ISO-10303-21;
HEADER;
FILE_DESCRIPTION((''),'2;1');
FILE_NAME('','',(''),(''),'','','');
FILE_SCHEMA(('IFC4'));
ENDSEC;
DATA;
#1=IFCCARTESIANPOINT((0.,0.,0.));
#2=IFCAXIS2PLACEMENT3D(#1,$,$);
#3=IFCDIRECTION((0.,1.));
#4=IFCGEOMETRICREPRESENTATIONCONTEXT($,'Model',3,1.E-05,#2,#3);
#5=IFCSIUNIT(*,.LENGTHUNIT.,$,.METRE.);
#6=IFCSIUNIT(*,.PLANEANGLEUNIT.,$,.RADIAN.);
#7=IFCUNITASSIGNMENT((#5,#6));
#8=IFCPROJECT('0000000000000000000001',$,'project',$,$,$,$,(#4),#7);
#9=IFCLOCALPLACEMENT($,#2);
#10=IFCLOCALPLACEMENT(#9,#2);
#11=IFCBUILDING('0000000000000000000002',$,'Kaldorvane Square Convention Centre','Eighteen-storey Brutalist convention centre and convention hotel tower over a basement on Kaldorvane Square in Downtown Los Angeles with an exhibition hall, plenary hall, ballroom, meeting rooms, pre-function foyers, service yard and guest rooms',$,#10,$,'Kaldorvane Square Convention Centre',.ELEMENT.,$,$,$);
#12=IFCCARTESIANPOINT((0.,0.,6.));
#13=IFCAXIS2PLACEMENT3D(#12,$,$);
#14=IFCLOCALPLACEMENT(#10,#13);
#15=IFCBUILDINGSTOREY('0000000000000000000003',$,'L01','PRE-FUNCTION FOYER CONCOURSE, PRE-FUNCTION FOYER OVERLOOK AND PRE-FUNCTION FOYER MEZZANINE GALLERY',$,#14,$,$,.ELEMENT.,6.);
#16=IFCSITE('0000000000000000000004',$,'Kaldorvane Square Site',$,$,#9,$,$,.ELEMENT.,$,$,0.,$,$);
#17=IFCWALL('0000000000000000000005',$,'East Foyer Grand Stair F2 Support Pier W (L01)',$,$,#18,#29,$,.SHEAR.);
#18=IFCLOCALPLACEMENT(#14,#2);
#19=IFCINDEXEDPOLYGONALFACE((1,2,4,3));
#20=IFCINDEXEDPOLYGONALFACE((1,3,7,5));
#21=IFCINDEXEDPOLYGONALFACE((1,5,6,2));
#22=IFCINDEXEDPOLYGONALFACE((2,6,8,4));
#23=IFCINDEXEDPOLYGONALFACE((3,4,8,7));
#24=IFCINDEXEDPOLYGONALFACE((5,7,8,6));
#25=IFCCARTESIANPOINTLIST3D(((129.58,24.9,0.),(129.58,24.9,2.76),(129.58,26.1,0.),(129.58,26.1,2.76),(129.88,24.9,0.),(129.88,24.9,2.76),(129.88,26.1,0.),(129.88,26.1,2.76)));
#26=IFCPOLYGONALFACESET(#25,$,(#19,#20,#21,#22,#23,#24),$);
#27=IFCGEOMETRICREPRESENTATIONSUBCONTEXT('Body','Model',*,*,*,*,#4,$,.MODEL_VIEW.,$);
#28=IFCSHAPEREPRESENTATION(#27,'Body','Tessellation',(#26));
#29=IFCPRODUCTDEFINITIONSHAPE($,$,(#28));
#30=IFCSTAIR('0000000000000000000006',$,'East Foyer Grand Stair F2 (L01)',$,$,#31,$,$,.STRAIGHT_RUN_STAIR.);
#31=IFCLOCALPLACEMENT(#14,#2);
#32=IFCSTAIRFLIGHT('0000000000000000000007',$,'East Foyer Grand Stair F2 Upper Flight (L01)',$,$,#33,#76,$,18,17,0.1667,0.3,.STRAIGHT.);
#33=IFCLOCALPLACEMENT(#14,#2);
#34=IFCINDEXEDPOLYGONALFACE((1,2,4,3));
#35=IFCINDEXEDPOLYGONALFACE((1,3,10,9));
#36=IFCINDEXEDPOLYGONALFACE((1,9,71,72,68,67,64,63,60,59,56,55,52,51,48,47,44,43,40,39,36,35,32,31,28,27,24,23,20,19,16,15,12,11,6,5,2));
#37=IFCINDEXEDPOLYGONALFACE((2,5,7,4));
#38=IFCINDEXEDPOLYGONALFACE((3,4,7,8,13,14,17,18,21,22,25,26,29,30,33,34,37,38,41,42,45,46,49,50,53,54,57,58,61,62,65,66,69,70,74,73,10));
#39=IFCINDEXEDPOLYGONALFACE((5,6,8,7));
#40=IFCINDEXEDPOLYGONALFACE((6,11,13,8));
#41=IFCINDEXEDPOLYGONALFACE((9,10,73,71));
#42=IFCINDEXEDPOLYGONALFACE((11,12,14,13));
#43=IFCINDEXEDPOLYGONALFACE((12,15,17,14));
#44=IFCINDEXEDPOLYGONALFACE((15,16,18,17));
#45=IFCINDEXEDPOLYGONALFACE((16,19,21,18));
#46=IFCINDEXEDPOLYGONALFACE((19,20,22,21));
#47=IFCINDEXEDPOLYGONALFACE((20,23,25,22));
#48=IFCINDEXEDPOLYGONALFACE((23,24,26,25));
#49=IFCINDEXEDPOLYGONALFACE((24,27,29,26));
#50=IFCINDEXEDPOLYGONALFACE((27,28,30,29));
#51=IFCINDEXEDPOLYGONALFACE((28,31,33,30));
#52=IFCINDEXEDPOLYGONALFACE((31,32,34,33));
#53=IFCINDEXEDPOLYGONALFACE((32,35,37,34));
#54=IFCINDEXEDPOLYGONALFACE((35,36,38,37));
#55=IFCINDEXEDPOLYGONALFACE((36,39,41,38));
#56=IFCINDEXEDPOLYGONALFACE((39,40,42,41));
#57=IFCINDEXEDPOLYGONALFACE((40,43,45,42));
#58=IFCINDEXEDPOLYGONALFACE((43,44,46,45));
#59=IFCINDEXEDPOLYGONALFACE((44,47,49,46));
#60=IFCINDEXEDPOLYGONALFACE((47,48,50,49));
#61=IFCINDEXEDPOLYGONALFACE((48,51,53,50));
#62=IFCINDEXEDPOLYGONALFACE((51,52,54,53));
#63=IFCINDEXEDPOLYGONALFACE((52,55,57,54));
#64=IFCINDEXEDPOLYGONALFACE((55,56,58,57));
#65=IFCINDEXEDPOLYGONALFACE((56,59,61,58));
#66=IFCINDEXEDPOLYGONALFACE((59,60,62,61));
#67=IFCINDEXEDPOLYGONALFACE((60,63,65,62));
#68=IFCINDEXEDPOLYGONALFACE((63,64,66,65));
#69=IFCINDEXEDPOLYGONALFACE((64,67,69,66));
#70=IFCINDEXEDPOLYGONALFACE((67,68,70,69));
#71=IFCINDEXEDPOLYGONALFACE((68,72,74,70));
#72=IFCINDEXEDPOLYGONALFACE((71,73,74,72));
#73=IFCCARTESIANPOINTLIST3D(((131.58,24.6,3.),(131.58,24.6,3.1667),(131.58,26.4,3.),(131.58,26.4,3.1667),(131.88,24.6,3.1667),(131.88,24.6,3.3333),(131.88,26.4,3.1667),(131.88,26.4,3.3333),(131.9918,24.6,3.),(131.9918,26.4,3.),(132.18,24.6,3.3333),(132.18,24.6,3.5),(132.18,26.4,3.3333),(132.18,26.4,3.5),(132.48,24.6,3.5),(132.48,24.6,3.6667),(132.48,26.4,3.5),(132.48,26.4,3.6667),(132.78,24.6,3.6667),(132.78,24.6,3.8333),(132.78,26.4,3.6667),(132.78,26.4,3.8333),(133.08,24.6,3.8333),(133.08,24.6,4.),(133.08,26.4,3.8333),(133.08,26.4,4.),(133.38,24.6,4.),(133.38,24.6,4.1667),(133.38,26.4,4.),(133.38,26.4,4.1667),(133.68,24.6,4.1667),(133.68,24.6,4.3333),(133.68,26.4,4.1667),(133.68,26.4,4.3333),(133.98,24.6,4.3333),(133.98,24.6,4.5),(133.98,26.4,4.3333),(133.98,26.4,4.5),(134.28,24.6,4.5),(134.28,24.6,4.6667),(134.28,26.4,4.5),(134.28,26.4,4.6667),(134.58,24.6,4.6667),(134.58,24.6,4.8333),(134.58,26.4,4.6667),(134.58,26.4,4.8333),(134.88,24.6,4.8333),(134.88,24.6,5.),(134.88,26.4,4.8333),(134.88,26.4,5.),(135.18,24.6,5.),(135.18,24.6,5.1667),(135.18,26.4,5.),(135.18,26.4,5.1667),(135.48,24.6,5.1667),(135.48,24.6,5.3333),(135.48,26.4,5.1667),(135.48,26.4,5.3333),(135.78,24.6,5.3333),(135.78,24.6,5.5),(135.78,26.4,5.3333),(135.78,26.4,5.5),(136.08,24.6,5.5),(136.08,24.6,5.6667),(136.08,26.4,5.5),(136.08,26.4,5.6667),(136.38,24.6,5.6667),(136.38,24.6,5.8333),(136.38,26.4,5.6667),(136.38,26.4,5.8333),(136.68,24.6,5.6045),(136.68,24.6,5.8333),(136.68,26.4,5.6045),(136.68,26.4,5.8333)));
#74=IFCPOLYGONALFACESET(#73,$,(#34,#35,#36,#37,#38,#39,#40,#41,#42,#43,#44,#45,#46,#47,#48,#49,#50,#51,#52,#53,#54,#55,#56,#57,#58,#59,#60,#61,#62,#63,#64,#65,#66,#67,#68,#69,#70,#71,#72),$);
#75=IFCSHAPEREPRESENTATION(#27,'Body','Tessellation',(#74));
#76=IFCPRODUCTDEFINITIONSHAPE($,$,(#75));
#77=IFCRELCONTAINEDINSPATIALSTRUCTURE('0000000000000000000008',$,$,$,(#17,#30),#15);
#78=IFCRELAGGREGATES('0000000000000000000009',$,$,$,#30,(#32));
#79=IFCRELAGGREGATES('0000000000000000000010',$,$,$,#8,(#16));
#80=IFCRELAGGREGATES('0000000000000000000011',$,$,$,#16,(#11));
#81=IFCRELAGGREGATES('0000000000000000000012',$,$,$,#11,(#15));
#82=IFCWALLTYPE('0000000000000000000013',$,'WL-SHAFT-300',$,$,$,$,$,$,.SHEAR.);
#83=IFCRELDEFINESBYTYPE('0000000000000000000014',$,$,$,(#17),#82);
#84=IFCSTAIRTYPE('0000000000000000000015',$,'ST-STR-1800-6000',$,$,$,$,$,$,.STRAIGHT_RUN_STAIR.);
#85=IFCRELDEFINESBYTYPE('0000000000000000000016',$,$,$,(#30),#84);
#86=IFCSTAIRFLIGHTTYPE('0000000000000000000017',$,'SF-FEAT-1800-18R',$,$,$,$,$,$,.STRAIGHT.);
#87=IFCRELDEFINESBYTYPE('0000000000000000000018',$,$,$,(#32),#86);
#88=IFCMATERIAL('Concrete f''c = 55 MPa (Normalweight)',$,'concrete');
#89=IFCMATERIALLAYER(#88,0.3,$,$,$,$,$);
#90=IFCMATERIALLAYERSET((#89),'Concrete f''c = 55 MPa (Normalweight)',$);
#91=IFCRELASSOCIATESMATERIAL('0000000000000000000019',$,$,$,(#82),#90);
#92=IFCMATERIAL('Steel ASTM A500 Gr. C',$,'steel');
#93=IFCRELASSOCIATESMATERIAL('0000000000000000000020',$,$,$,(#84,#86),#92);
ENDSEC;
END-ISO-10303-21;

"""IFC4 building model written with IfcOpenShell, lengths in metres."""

from ifc_helpers import new_model, si_unit, direction, frame, frame_2d, origin, place, context, subcontext, project, spatial, polyline, rectangle, outline, extrude, material, layer, layer_set, type_object, element, aggregate, save


model = new_model("IFC4")

# Units and contexts
model_context = context("Model", 3, precision=1e-05, world=origin(), true_north=direction((0.0, 1.0)))
body_context = subcontext(model_context, "Body", "Model", "MODEL_VIEW")
ifc_project = project(units=[si_unit("LENGTHUNIT", "METRE"), si_unit("PLANEANGLEUNIT", "RADIAN")], contexts=[model_context])

# Site, building, storey
site_placement = place(None, origin())
site = spatial("IfcSite", under=ifc_project, at=site_placement, Name="Kaldorvane Square Site", CompositionType="ELEMENT", RefElevation=0.0)
building_placement = place(site_placement, origin())
building = spatial("IfcBuilding", under=site, at=building_placement, Name="Kaldorvane Square Convention Centre", Description="Eighteen-storey Brutalist convention centre and convention hotel tower over a basement on Kaldorvane Square in Downtown Los Angeles with an exhibition hall, plenary hall, ballroom, meeting rooms, pre-function foyers, service yard and guest rooms", LongName="Kaldorvane Square Convention Centre", CompositionType="ELEMENT")
storey_placement = place(building_placement, frame((0.0, 0.0, 6.0)))
storey = spatial("IfcBuildingStorey", under=building, at=storey_placement, Name="L01", Description="PRE-FUNCTION FOYER CONCOURSE, PRE-FUNCTION FOYER OVERLOOK AND PRE-FUNCTION FOYER MEZZANINE GALLERY", CompositionType="ELEMENT", Elevation=6.0)

# Shared definitions
ifc_material_1 = material(Name="Steel ASTM A500 Gr. C", Category="steel")

# Wall
ifc_material_2 = material(Name="Concrete f'c = 55 MPa (Normalweight)", Category="concrete")
ifc_layer_1 = layer(ifc_material_2, 0.3)
ifc_layer_set_1 = layer_set([ifc_layer_1], Name="Concrete f'c = 55 MPa (Normalweight)")
wall_type_1 = type_object("IfcWallType", Name="WL-SHAFT-300", PredefinedType="SHEAR", material=ifc_layer_set_1)
wall_1_placement = place(storey_placement, frame((129.73, 24.9, 0.0), z_axis=(0.0, 0.0, 1.0), x_axis=(0.0, 1.0, 0.0)))
element("IfcWall", 1, at=wall_1_placement, inside=storey, type_object=wall_type_1, Name="East Foyer Grand Stair F2 Support Pier W (L01)", PredefinedType="SHEAR", context=body_context, shape_type="SweptSolid", body=[
    extrude(rectangle(XDim=1.2, YDim=0.3, at=frame_2d((0.6, 0.0))), origin(), (0.0, 0.0, 1.0), 2.76),
])

# Stair, stair flight
stair_type = type_object("IfcStairType", Name="ST-STR-1800-6000", PredefinedType="STRAIGHT_RUN_STAIR", material=ifc_material_1)
stair_placement = place(storey_placement, origin())
stair = element("IfcStair", 2, at=stair_placement, inside=storey, type_object=stair_type, Name="East Foyer Grand Stair F2 (L01)", PredefinedType="STRAIGHT_RUN_STAIR")
stair_flight_type = type_object("IfcStairFlightType", Name="SF-FEAT-1800-18R", PredefinedType="STRAIGHT", material=ifc_material_1)
stair_flight_placement = place(storey_placement, frame((131.58, 25.5, 3.0), z_axis=(0.0, 0.0, 1.0), x_axis=(1.0, 0.0, 0.0)))
stair_flight = element("IfcStairFlight", 3, at=stair_flight_placement, type_object=stair_flight_type, Name="East Foyer Grand Stair F2 Upper Flight (L01)", NumberOfRisers=18, NumberOfTreads=17, PredefinedType="STRAIGHT", RiserHeight=0.1667, TreadLength=0.3, context=body_context, shape_type="SweptSolid", body=[
    extrude(outline(polyline([(0.0, 0.0), (0.0, 0.1667), (0.3, 0.1667), (0.3, 0.3333), (0.6, 0.3333), (0.6, 0.5), (0.9, 0.5), (0.9, 0.6667), (1.2, 0.6667), (1.2, 0.8333), (1.5, 0.8333), (1.5, 1.0), (1.8, 1.0), (1.8, 1.1667), (2.1, 1.1667), (2.1, 1.3333), (2.4, 1.3333), (2.4, 1.5), (2.7, 1.5), (2.7, 1.6667), (3.0, 1.6667), (3.0, 1.8333), (3.3, 1.8333), (3.3, 2.0), (3.6, 2.0), (3.6, 2.1667), (3.9, 2.1667), (3.9, 2.3333), (4.2, 2.3333), (4.2, 2.5), (4.5, 2.5), (4.5, 2.6667), (4.8, 2.6667), (4.8, 2.8333), (5.1, 2.8333), (5.1, 3.0), (5.1, 2.6045), (0.4118, 0.0), (0.0, 0.0)])), frame((0.0, 0.9, 0.0), z_axis=(0.0, -1.0, 0.0), x_axis=(1.0, 0.0, 0.0)), (0.0, 0.0, 1.0), 1.8),
])
aggregate(stair, [stair_flight])

save(model, "model.ifc")
